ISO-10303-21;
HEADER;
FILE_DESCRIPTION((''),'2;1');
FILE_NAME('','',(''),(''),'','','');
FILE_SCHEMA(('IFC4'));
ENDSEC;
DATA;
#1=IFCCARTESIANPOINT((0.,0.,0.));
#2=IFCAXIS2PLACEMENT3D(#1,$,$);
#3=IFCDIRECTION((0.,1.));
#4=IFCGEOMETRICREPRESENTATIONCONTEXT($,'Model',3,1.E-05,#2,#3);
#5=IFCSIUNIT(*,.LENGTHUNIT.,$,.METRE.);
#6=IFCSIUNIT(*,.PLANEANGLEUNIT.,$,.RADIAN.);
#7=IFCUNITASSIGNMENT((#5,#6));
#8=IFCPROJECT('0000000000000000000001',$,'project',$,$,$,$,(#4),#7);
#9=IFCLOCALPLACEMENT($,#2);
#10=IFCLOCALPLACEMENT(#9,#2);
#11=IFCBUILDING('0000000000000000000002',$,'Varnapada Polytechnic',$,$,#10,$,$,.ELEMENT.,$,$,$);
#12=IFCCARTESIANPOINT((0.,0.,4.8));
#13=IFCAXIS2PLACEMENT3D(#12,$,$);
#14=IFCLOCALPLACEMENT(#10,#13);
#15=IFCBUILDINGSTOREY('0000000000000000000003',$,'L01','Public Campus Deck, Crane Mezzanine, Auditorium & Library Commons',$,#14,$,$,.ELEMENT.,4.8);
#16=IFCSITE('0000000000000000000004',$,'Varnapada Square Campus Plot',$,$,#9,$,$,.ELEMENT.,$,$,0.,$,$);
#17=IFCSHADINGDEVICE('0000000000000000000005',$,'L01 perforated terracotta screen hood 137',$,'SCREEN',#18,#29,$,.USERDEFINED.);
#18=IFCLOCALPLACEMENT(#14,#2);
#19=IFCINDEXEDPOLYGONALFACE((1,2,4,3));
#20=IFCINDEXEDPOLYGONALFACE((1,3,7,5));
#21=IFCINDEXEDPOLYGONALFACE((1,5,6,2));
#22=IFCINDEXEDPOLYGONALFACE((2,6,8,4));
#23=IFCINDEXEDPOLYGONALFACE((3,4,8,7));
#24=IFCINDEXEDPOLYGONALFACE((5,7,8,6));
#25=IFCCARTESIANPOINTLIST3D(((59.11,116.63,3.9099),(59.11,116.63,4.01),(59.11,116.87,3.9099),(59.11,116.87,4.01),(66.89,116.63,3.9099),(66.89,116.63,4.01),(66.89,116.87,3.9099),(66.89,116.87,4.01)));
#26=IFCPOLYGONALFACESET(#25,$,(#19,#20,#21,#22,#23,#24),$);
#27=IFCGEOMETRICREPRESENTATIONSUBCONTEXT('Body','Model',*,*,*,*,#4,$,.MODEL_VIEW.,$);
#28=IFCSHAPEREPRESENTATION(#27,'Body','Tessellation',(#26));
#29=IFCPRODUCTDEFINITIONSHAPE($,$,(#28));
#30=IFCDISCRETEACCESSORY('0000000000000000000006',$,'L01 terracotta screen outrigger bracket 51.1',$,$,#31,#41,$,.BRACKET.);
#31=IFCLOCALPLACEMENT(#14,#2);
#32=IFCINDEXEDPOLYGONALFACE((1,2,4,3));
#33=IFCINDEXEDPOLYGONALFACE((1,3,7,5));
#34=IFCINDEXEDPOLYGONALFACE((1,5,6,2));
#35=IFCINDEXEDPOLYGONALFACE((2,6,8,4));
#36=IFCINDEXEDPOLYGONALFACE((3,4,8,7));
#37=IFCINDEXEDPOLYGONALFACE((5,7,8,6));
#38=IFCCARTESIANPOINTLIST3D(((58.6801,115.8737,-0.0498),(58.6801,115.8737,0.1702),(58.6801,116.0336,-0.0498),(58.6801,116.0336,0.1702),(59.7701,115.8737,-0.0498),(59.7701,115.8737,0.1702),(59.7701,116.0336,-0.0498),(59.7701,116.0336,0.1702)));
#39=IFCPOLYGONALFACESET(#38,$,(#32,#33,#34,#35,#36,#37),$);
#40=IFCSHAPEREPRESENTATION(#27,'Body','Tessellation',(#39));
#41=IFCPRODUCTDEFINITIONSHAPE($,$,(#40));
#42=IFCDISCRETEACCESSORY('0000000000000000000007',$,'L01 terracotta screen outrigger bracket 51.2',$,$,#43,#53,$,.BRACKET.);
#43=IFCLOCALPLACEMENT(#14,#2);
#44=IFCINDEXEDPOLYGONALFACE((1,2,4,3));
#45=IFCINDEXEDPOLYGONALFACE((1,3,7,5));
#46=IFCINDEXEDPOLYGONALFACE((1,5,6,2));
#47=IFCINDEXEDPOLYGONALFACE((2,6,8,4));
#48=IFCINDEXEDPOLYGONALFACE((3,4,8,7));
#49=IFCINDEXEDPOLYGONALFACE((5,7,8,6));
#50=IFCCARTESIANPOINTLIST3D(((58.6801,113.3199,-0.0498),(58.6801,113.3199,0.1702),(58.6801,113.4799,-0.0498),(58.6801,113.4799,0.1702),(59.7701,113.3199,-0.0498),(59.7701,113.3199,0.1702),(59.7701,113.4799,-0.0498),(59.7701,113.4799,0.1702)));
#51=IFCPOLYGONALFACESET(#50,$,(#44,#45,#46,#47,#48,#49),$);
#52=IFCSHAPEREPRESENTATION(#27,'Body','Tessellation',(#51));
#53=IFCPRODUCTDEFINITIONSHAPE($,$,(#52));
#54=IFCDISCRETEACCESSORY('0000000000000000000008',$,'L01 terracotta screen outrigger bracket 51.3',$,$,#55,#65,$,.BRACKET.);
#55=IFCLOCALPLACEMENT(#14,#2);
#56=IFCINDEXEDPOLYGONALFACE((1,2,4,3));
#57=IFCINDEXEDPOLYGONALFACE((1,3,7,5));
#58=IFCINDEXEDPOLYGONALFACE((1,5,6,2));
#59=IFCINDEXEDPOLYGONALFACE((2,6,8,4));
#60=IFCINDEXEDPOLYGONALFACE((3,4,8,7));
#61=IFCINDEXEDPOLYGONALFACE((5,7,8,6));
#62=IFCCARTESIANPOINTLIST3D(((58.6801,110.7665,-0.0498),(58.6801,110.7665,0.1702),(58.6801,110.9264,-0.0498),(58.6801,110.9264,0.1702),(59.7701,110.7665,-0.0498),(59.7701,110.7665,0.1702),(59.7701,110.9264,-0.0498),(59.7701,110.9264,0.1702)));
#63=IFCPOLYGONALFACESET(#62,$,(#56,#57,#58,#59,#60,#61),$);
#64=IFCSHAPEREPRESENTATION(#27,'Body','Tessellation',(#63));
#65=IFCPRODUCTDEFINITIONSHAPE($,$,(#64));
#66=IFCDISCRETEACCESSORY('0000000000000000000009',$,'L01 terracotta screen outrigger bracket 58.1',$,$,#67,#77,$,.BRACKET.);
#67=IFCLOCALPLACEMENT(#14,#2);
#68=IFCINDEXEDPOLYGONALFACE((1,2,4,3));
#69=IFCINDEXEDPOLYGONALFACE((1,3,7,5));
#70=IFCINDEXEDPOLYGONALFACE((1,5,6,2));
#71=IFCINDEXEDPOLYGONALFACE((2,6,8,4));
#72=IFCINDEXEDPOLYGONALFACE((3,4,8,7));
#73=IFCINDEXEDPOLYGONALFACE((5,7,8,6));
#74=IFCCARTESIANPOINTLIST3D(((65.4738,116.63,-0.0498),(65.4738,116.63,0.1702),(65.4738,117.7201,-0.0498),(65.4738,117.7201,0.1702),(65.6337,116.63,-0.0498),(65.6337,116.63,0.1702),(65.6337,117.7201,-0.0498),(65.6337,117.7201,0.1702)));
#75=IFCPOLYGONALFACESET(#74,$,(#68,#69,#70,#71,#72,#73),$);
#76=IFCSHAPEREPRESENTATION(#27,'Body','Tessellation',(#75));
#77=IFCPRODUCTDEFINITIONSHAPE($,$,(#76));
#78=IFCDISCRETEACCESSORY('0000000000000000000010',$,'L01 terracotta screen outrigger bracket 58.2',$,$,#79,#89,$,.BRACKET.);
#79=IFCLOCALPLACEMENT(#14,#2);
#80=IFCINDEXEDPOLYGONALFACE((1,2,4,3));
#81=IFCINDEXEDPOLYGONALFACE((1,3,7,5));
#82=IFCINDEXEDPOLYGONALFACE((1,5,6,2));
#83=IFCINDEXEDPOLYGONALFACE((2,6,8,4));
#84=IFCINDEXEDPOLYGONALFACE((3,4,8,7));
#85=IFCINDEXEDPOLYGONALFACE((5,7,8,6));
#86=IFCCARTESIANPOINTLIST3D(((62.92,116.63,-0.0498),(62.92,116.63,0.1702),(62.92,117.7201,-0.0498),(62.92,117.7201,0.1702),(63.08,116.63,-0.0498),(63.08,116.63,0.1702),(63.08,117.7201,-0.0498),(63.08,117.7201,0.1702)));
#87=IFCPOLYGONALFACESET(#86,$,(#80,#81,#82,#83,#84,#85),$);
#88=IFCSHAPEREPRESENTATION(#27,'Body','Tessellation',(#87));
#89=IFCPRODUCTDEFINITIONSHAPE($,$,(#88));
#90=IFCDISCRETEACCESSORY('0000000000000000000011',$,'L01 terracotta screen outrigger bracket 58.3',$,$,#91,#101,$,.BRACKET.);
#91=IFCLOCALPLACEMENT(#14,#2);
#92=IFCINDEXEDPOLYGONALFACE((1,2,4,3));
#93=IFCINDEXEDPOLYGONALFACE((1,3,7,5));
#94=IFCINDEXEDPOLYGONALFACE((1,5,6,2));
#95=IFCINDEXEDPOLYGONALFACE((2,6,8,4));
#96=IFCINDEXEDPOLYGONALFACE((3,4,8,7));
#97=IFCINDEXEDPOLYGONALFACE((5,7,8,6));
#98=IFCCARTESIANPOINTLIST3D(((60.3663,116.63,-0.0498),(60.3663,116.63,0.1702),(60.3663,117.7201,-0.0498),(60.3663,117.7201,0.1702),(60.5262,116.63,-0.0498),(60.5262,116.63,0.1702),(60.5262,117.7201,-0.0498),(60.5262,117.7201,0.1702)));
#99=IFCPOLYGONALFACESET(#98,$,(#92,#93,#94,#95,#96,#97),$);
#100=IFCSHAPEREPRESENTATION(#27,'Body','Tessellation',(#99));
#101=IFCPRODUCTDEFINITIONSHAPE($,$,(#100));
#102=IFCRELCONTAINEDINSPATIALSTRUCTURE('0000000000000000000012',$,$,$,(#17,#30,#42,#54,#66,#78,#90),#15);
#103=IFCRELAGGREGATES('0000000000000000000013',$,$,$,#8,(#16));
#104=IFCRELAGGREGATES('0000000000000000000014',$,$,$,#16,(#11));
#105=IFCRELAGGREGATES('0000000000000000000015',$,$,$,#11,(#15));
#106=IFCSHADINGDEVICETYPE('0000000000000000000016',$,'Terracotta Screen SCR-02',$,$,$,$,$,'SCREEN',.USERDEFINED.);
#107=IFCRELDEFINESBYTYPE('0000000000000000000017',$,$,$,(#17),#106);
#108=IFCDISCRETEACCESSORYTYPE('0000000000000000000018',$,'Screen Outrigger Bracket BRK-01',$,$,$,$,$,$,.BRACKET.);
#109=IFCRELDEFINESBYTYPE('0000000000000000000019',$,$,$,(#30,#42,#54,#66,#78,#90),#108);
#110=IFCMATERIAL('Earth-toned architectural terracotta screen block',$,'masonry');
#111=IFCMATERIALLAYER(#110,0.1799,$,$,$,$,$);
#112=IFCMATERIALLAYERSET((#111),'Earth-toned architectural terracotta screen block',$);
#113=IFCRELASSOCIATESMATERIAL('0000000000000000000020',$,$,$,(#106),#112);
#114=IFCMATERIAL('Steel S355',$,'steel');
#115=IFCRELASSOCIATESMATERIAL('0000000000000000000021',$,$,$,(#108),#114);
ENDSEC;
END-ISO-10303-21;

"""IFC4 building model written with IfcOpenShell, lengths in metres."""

from ifc_helpers import new_model, si_unit, direction, frame, origin, origin_2d, place, context, subcontext, project, spatial, rectangle, extrude, material, layer, layer_set, type_object, element, save


model = new_model("IFC4")

# Units and contexts
model_context = context("Model", 3, precision=1e-05, world=origin(), true_north=direction((0.0, 1.0)))
body_context = subcontext(model_context, "Body", "Model", "MODEL_VIEW")
ifc_project = project(units=[si_unit("LENGTHUNIT", "METRE"), si_unit("PLANEANGLEUNIT", "RADIAN")], contexts=[model_context])

# Site, building, storey
site_placement = place(None, origin())
site = spatial("IfcSite", under=ifc_project, at=site_placement, Name="Varnapada Square Campus Plot", CompositionType="ELEMENT", RefElevation=0.0)
building_placement = place(site_placement, origin())
building = spatial("IfcBuilding", under=site, at=building_placement, Name="Varnapada Polytechnic", CompositionType="ELEMENT")
storey_placement = place(building_placement, frame((0.0, 0.0, 4.8)))
storey = spatial("IfcBuildingStorey", under=building, at=storey_placement, Name="L01", Description="Public Campus Deck, Crane Mezzanine, Auditorium & Library Commons", CompositionType="ELEMENT", Elevation=4.8)

# Shared definitions
ifc_material_1 = material(Name="Steel S355", Category="steel")

# Shared definitions
ifc_material_2 = material(Name="Earth-toned architectural terracotta screen block", Category="masonry")

# Shading device
ifc_layer_1 = layer(ifc_material_2, 0.1799)
ifc_layer_set_1 = layer_set([ifc_layer_1], Name="Earth-toned architectural terracotta screen block")
shading_device_type = type_object("IfcShadingDeviceType", Name="Terracotta Screen SCR-02", ElementType="SCREEN", PredefinedType="USERDEFINED", material=ifc_layer_set_1)
for number, where, z_axis, x_axis, name in (
    (1, (63.0, 116.75, 3.9099), (0.0, 0.0, 1.0), (-1.0, 0.0, 0.0), "L01 perforated terracotta screen hood 137"),
):
    element("IfcShadingDevice", number, at=place(storey_placement, frame(where, z_axis=z_axis, x_axis=x_axis)), inside=storey, type_object=shading_device_type, Name=name, ObjectType="SCREEN", PredefinedType="USERDEFINED", context=body_context, shape_type="SweptSolid", body=[
        extrude(rectangle(XDim=7.78, YDim=0.24, at=origin_2d()), origin(), (0.0, 0.0, 1.0), 0.1001),
    ])

# Discrete accessories
discrete_accessory_type = type_object("IfcDiscreteAccessoryType", Name="Screen Outrigger Bracket BRK-01", PredefinedType="BRACKET", material=ifc_material_1)
for number, where, z_axis, x_axis, name in (
    (2, (59.2251, 115.9536, -0.0498), (0.0, 0.0, 1.0), (0.0, -1.0, 0.0), "L01 terracotta screen outrigger bracket 51.1"),
    (3, (59.2251, 113.3999, -0.0498), (0.0, 0.0, 1.0), (0.0, -1.0, 0.0), "L01 terracotta screen outrigger bracket 51.2"),
    (4, (59.2251, 110.8464, -0.0498), (0.0, 0.0, 1.0), (0.0, -1.0, 0.0), "L01 terracotta screen outrigger bracket 51.3"),
    (5, (65.5537, 117.175, -0.0498), (0.0, 0.0, 1.0), (-1.0, 0.0, 0.0), "L01 terracotta screen outrigger bracket 58.1"),
    (6, (63.0, 117.175, -0.0498), (0.0, 0.0, 1.0), (-1.0, 0.0, 0.0), "L01 terracotta screen outrigger bracket 58.2"),
    (7, (60.4463, 117.175, -0.0498), (0.0, 0.0, 1.0), (-1.0, 0.0, 0.0), "L01 terracotta screen outrigger bracket 58.3"),
):
    element("IfcDiscreteAccessory", number, at=place(storey_placement, frame(where, z_axis=z_axis, x_axis=x_axis)), inside=storey, type_object=discrete_accessory_type, Name=name, PredefinedType="BRACKET", context=body_context, shape_type="SweptSolid", body=[
        extrude(rectangle(XDim=0.1599, YDim=1.0901, at=origin_2d()), origin(), (0.0, 0.0, 1.0), 0.22),
    ])

save(model, "model.ifc")
